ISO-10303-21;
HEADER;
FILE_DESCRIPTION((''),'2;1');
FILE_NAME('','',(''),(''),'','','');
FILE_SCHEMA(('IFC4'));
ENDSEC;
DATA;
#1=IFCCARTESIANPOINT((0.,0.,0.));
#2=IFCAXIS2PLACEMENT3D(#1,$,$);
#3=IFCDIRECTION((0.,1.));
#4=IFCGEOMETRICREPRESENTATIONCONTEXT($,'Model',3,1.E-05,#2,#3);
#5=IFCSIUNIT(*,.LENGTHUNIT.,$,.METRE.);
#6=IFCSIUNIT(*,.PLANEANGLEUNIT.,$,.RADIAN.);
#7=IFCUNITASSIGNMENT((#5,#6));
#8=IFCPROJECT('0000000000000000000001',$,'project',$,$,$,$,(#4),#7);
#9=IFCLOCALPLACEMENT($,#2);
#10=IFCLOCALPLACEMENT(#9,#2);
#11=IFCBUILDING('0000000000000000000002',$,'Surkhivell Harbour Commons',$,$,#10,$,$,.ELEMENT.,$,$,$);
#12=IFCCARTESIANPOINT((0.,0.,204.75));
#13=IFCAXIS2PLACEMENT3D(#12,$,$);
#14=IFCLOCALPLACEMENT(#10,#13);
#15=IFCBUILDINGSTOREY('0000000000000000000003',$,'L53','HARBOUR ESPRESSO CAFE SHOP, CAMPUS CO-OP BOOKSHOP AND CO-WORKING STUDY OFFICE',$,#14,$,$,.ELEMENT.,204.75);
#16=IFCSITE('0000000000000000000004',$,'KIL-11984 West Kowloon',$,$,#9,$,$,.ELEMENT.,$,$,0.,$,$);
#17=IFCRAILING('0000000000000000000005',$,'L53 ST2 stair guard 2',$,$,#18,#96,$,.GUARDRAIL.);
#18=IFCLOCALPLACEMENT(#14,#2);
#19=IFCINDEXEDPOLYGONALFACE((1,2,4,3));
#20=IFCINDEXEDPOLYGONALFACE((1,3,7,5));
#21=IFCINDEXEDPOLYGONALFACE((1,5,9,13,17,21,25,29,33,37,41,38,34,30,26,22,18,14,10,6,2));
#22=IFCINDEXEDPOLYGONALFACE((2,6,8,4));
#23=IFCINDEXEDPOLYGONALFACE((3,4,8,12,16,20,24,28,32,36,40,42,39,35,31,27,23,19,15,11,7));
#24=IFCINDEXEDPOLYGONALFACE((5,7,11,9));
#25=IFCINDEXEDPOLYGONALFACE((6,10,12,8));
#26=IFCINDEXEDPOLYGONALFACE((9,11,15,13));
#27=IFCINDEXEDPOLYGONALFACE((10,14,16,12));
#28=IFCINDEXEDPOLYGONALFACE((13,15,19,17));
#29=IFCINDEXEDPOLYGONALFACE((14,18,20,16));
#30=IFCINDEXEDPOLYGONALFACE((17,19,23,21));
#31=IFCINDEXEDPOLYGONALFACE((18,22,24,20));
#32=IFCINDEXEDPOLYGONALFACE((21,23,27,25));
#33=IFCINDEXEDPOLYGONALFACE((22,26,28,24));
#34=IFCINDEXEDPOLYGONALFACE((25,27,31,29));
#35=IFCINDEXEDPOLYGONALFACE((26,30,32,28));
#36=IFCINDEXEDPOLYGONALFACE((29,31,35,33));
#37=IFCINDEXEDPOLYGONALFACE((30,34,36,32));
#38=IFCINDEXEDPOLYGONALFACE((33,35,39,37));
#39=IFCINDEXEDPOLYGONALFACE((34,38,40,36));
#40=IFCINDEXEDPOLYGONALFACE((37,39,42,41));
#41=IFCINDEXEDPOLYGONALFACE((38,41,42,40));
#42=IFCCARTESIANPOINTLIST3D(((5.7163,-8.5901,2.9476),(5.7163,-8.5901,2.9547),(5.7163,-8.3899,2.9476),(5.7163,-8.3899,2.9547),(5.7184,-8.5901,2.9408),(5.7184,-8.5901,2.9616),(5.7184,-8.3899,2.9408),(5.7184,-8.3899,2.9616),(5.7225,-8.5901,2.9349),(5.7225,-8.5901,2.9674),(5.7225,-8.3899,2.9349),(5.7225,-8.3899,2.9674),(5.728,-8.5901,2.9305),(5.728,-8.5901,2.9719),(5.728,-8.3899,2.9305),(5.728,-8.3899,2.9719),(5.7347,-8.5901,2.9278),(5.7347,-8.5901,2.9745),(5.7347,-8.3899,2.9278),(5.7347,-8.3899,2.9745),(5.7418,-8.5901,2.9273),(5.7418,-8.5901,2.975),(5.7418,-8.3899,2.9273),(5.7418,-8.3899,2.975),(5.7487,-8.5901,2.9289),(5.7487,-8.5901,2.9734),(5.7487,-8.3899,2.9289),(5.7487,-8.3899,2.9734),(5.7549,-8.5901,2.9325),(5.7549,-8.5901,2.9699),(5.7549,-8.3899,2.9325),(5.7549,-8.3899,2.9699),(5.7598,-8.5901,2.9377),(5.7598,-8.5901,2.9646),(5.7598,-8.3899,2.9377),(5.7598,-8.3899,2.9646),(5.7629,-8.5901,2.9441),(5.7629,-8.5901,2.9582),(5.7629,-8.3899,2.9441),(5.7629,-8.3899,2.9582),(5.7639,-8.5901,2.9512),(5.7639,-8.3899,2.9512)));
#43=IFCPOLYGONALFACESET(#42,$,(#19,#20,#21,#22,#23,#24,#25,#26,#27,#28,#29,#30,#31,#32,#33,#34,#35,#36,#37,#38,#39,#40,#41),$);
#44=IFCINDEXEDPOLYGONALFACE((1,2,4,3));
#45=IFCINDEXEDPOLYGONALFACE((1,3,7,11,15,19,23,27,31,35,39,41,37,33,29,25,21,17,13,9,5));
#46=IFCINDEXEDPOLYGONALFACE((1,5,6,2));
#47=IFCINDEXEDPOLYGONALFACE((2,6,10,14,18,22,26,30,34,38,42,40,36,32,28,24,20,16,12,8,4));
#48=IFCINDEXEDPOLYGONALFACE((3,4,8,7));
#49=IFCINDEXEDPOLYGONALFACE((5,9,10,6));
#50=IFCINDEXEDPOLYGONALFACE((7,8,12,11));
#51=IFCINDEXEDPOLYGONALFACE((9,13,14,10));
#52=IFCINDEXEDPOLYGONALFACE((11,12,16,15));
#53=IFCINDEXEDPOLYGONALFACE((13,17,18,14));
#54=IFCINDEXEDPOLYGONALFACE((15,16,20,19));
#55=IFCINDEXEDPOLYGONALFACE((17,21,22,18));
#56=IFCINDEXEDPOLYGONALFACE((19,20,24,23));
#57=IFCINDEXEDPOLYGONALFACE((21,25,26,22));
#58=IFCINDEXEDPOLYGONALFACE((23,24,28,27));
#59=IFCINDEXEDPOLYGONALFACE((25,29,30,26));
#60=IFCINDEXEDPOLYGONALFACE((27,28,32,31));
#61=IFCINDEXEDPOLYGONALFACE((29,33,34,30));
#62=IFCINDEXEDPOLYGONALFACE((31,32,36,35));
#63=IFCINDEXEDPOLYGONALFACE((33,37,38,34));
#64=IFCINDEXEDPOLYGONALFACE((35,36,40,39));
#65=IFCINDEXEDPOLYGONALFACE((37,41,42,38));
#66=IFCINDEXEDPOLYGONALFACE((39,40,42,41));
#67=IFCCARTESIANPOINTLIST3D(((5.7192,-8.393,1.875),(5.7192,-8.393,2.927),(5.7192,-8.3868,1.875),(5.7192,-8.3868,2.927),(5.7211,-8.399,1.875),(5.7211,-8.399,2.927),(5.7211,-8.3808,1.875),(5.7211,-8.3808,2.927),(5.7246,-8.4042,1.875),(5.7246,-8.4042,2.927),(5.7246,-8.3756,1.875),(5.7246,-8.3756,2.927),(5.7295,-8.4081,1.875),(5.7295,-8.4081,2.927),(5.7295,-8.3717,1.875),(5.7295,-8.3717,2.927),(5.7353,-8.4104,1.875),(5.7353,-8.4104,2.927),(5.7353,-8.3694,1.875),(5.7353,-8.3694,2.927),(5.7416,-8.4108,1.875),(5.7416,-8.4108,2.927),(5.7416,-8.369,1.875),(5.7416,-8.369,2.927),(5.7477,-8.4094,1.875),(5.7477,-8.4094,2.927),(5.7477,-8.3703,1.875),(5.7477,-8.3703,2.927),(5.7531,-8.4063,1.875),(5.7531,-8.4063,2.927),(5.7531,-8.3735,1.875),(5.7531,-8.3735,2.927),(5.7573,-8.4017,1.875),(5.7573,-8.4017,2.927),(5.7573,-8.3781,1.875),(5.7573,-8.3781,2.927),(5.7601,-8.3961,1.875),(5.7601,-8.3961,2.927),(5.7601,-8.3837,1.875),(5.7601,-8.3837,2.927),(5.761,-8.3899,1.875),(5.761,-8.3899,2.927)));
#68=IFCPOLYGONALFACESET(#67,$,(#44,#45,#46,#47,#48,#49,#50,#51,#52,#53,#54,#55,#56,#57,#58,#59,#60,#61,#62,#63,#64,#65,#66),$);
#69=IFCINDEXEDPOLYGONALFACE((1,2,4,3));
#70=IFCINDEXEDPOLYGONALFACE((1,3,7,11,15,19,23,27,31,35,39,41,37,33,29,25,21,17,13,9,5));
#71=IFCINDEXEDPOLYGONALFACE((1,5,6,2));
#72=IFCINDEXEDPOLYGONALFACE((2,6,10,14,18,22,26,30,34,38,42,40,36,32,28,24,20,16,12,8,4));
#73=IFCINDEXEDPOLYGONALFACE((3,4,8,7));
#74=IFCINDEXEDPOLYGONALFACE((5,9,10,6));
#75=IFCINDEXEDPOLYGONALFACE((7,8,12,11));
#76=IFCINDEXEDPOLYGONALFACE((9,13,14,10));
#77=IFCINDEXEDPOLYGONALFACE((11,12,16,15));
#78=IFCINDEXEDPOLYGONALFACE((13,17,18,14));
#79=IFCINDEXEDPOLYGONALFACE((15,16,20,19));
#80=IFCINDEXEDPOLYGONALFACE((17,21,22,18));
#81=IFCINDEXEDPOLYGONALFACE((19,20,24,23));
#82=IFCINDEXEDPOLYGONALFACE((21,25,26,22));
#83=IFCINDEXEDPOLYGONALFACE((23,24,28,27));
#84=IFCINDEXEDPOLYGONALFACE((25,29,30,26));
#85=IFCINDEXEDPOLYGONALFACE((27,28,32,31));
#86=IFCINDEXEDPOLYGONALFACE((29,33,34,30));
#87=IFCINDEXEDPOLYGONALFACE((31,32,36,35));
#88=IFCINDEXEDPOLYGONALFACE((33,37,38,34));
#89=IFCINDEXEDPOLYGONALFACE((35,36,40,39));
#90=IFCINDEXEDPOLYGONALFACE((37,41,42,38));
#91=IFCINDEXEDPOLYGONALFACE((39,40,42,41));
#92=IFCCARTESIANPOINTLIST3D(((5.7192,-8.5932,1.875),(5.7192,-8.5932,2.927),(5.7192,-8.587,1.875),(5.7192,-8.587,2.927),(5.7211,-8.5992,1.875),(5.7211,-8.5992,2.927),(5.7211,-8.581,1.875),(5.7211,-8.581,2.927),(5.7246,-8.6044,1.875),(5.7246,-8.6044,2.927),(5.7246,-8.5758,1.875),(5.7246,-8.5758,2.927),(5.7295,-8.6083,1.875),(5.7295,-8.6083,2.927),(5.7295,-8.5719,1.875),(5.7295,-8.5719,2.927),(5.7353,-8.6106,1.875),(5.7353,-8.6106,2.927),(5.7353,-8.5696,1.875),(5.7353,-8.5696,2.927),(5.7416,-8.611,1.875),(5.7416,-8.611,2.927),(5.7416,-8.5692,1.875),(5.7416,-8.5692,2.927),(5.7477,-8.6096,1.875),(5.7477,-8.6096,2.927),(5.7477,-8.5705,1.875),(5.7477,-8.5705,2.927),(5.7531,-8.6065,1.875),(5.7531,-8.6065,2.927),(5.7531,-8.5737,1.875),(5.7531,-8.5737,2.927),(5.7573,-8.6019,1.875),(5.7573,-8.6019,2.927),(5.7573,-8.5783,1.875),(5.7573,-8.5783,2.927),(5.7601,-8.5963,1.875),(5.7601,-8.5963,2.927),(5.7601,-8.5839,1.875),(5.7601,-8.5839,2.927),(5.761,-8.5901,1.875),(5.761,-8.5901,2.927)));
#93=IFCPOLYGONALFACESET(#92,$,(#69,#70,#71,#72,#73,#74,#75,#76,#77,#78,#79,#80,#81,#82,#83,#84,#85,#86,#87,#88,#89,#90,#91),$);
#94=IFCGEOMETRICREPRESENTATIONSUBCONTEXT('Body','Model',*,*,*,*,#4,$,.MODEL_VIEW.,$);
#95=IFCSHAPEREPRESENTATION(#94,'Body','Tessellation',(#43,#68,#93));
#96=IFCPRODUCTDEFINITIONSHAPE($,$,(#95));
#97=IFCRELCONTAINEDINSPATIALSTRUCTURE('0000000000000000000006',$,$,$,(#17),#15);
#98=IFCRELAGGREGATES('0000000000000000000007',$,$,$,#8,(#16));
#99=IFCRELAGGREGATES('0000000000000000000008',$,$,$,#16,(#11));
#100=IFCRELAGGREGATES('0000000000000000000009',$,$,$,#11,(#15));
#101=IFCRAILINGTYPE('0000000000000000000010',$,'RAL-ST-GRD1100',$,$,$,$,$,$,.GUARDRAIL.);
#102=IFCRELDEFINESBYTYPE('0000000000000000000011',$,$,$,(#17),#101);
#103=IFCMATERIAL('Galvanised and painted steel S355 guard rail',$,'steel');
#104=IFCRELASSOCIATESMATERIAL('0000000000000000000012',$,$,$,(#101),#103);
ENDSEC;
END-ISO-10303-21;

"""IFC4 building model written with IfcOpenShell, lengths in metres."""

from ifc_helpers import new_model, si_unit, direction, frame, origin, origin_2d, place, context, subcontext, project, spatial, circle, extrude, material, type_object, element, save


model = new_model("IFC4")

# Units and contexts
model_context = context("Model", 3, precision=1e-05, world=origin(), true_north=direction((0.0, 1.0)))
body_context = subcontext(model_context, "Body", "Model", "MODEL_VIEW")
ifc_project = project(units=[si_unit("LENGTHUNIT", "METRE"), si_unit("PLANEANGLEUNIT", "RADIAN")], contexts=[model_context])

# Site, building, storey
site_placement = place(None, origin())
site = spatial("IfcSite", under=ifc_project, at=site_placement, Name="KIL-11984 West Kowloon", CompositionType="ELEMENT", RefElevation=0.0)
building_placement = place(site_placement, origin())
building = spatial("IfcBuilding", under=site, at=building_placement, Name="Surkhivell Harbour Commons", CompositionType="ELEMENT")
storey_placement = place(building_placement, frame((0.0, 0.0, 204.75)))
storey = spatial("IfcBuildingStorey", under=building, at=storey_placement, Name="L53", Description="HARBOUR ESPRESSO CAFE SHOP, CAMPUS CO-OP BOOKSHOP AND CO-WORKING STUDY OFFICE", CompositionType="ELEMENT", Elevation=204.75)

# Railing
ifc_material_1 = material(Name="Galvanised and painted steel S355 guard rail", Category="steel")
railing_type = type_object("IfcRailingType", Name="RAL-ST-GRD1100", PredefinedType="GUARDRAIL", material=ifc_material_1)
railing_placement = place(storey_placement, frame((5.74, -8.3899, 1.875)))
element("IfcRailing", 1, at=railing_placement, inside=storey, type_object=railing_type, Name="L53 ST2 stair guard 2", PredefinedType="GUARDRAIL", context=body_context, shape_type="SweptSolid", body=[
    extrude(circle(Radius=0.0239, at=origin_2d()), frame((0.0, 0.0, 1.0762), z_axis=(0.0, -1.0, 0.0), x_axis=(1.0, 0.0, 0.0)), (0.0, 0.0, 1.0), 0.2002),
    extrude(circle(Radius=0.021, at=origin_2d()), origin(), (0.0, 0.0, 1.0), 1.052),
    extrude(circle(Radius=0.021, at=origin_2d()), frame((0.0, -0.2002, 0.0)), (0.0, 0.0, 1.0), 1.052),
])

save(model, "model.ifc")
